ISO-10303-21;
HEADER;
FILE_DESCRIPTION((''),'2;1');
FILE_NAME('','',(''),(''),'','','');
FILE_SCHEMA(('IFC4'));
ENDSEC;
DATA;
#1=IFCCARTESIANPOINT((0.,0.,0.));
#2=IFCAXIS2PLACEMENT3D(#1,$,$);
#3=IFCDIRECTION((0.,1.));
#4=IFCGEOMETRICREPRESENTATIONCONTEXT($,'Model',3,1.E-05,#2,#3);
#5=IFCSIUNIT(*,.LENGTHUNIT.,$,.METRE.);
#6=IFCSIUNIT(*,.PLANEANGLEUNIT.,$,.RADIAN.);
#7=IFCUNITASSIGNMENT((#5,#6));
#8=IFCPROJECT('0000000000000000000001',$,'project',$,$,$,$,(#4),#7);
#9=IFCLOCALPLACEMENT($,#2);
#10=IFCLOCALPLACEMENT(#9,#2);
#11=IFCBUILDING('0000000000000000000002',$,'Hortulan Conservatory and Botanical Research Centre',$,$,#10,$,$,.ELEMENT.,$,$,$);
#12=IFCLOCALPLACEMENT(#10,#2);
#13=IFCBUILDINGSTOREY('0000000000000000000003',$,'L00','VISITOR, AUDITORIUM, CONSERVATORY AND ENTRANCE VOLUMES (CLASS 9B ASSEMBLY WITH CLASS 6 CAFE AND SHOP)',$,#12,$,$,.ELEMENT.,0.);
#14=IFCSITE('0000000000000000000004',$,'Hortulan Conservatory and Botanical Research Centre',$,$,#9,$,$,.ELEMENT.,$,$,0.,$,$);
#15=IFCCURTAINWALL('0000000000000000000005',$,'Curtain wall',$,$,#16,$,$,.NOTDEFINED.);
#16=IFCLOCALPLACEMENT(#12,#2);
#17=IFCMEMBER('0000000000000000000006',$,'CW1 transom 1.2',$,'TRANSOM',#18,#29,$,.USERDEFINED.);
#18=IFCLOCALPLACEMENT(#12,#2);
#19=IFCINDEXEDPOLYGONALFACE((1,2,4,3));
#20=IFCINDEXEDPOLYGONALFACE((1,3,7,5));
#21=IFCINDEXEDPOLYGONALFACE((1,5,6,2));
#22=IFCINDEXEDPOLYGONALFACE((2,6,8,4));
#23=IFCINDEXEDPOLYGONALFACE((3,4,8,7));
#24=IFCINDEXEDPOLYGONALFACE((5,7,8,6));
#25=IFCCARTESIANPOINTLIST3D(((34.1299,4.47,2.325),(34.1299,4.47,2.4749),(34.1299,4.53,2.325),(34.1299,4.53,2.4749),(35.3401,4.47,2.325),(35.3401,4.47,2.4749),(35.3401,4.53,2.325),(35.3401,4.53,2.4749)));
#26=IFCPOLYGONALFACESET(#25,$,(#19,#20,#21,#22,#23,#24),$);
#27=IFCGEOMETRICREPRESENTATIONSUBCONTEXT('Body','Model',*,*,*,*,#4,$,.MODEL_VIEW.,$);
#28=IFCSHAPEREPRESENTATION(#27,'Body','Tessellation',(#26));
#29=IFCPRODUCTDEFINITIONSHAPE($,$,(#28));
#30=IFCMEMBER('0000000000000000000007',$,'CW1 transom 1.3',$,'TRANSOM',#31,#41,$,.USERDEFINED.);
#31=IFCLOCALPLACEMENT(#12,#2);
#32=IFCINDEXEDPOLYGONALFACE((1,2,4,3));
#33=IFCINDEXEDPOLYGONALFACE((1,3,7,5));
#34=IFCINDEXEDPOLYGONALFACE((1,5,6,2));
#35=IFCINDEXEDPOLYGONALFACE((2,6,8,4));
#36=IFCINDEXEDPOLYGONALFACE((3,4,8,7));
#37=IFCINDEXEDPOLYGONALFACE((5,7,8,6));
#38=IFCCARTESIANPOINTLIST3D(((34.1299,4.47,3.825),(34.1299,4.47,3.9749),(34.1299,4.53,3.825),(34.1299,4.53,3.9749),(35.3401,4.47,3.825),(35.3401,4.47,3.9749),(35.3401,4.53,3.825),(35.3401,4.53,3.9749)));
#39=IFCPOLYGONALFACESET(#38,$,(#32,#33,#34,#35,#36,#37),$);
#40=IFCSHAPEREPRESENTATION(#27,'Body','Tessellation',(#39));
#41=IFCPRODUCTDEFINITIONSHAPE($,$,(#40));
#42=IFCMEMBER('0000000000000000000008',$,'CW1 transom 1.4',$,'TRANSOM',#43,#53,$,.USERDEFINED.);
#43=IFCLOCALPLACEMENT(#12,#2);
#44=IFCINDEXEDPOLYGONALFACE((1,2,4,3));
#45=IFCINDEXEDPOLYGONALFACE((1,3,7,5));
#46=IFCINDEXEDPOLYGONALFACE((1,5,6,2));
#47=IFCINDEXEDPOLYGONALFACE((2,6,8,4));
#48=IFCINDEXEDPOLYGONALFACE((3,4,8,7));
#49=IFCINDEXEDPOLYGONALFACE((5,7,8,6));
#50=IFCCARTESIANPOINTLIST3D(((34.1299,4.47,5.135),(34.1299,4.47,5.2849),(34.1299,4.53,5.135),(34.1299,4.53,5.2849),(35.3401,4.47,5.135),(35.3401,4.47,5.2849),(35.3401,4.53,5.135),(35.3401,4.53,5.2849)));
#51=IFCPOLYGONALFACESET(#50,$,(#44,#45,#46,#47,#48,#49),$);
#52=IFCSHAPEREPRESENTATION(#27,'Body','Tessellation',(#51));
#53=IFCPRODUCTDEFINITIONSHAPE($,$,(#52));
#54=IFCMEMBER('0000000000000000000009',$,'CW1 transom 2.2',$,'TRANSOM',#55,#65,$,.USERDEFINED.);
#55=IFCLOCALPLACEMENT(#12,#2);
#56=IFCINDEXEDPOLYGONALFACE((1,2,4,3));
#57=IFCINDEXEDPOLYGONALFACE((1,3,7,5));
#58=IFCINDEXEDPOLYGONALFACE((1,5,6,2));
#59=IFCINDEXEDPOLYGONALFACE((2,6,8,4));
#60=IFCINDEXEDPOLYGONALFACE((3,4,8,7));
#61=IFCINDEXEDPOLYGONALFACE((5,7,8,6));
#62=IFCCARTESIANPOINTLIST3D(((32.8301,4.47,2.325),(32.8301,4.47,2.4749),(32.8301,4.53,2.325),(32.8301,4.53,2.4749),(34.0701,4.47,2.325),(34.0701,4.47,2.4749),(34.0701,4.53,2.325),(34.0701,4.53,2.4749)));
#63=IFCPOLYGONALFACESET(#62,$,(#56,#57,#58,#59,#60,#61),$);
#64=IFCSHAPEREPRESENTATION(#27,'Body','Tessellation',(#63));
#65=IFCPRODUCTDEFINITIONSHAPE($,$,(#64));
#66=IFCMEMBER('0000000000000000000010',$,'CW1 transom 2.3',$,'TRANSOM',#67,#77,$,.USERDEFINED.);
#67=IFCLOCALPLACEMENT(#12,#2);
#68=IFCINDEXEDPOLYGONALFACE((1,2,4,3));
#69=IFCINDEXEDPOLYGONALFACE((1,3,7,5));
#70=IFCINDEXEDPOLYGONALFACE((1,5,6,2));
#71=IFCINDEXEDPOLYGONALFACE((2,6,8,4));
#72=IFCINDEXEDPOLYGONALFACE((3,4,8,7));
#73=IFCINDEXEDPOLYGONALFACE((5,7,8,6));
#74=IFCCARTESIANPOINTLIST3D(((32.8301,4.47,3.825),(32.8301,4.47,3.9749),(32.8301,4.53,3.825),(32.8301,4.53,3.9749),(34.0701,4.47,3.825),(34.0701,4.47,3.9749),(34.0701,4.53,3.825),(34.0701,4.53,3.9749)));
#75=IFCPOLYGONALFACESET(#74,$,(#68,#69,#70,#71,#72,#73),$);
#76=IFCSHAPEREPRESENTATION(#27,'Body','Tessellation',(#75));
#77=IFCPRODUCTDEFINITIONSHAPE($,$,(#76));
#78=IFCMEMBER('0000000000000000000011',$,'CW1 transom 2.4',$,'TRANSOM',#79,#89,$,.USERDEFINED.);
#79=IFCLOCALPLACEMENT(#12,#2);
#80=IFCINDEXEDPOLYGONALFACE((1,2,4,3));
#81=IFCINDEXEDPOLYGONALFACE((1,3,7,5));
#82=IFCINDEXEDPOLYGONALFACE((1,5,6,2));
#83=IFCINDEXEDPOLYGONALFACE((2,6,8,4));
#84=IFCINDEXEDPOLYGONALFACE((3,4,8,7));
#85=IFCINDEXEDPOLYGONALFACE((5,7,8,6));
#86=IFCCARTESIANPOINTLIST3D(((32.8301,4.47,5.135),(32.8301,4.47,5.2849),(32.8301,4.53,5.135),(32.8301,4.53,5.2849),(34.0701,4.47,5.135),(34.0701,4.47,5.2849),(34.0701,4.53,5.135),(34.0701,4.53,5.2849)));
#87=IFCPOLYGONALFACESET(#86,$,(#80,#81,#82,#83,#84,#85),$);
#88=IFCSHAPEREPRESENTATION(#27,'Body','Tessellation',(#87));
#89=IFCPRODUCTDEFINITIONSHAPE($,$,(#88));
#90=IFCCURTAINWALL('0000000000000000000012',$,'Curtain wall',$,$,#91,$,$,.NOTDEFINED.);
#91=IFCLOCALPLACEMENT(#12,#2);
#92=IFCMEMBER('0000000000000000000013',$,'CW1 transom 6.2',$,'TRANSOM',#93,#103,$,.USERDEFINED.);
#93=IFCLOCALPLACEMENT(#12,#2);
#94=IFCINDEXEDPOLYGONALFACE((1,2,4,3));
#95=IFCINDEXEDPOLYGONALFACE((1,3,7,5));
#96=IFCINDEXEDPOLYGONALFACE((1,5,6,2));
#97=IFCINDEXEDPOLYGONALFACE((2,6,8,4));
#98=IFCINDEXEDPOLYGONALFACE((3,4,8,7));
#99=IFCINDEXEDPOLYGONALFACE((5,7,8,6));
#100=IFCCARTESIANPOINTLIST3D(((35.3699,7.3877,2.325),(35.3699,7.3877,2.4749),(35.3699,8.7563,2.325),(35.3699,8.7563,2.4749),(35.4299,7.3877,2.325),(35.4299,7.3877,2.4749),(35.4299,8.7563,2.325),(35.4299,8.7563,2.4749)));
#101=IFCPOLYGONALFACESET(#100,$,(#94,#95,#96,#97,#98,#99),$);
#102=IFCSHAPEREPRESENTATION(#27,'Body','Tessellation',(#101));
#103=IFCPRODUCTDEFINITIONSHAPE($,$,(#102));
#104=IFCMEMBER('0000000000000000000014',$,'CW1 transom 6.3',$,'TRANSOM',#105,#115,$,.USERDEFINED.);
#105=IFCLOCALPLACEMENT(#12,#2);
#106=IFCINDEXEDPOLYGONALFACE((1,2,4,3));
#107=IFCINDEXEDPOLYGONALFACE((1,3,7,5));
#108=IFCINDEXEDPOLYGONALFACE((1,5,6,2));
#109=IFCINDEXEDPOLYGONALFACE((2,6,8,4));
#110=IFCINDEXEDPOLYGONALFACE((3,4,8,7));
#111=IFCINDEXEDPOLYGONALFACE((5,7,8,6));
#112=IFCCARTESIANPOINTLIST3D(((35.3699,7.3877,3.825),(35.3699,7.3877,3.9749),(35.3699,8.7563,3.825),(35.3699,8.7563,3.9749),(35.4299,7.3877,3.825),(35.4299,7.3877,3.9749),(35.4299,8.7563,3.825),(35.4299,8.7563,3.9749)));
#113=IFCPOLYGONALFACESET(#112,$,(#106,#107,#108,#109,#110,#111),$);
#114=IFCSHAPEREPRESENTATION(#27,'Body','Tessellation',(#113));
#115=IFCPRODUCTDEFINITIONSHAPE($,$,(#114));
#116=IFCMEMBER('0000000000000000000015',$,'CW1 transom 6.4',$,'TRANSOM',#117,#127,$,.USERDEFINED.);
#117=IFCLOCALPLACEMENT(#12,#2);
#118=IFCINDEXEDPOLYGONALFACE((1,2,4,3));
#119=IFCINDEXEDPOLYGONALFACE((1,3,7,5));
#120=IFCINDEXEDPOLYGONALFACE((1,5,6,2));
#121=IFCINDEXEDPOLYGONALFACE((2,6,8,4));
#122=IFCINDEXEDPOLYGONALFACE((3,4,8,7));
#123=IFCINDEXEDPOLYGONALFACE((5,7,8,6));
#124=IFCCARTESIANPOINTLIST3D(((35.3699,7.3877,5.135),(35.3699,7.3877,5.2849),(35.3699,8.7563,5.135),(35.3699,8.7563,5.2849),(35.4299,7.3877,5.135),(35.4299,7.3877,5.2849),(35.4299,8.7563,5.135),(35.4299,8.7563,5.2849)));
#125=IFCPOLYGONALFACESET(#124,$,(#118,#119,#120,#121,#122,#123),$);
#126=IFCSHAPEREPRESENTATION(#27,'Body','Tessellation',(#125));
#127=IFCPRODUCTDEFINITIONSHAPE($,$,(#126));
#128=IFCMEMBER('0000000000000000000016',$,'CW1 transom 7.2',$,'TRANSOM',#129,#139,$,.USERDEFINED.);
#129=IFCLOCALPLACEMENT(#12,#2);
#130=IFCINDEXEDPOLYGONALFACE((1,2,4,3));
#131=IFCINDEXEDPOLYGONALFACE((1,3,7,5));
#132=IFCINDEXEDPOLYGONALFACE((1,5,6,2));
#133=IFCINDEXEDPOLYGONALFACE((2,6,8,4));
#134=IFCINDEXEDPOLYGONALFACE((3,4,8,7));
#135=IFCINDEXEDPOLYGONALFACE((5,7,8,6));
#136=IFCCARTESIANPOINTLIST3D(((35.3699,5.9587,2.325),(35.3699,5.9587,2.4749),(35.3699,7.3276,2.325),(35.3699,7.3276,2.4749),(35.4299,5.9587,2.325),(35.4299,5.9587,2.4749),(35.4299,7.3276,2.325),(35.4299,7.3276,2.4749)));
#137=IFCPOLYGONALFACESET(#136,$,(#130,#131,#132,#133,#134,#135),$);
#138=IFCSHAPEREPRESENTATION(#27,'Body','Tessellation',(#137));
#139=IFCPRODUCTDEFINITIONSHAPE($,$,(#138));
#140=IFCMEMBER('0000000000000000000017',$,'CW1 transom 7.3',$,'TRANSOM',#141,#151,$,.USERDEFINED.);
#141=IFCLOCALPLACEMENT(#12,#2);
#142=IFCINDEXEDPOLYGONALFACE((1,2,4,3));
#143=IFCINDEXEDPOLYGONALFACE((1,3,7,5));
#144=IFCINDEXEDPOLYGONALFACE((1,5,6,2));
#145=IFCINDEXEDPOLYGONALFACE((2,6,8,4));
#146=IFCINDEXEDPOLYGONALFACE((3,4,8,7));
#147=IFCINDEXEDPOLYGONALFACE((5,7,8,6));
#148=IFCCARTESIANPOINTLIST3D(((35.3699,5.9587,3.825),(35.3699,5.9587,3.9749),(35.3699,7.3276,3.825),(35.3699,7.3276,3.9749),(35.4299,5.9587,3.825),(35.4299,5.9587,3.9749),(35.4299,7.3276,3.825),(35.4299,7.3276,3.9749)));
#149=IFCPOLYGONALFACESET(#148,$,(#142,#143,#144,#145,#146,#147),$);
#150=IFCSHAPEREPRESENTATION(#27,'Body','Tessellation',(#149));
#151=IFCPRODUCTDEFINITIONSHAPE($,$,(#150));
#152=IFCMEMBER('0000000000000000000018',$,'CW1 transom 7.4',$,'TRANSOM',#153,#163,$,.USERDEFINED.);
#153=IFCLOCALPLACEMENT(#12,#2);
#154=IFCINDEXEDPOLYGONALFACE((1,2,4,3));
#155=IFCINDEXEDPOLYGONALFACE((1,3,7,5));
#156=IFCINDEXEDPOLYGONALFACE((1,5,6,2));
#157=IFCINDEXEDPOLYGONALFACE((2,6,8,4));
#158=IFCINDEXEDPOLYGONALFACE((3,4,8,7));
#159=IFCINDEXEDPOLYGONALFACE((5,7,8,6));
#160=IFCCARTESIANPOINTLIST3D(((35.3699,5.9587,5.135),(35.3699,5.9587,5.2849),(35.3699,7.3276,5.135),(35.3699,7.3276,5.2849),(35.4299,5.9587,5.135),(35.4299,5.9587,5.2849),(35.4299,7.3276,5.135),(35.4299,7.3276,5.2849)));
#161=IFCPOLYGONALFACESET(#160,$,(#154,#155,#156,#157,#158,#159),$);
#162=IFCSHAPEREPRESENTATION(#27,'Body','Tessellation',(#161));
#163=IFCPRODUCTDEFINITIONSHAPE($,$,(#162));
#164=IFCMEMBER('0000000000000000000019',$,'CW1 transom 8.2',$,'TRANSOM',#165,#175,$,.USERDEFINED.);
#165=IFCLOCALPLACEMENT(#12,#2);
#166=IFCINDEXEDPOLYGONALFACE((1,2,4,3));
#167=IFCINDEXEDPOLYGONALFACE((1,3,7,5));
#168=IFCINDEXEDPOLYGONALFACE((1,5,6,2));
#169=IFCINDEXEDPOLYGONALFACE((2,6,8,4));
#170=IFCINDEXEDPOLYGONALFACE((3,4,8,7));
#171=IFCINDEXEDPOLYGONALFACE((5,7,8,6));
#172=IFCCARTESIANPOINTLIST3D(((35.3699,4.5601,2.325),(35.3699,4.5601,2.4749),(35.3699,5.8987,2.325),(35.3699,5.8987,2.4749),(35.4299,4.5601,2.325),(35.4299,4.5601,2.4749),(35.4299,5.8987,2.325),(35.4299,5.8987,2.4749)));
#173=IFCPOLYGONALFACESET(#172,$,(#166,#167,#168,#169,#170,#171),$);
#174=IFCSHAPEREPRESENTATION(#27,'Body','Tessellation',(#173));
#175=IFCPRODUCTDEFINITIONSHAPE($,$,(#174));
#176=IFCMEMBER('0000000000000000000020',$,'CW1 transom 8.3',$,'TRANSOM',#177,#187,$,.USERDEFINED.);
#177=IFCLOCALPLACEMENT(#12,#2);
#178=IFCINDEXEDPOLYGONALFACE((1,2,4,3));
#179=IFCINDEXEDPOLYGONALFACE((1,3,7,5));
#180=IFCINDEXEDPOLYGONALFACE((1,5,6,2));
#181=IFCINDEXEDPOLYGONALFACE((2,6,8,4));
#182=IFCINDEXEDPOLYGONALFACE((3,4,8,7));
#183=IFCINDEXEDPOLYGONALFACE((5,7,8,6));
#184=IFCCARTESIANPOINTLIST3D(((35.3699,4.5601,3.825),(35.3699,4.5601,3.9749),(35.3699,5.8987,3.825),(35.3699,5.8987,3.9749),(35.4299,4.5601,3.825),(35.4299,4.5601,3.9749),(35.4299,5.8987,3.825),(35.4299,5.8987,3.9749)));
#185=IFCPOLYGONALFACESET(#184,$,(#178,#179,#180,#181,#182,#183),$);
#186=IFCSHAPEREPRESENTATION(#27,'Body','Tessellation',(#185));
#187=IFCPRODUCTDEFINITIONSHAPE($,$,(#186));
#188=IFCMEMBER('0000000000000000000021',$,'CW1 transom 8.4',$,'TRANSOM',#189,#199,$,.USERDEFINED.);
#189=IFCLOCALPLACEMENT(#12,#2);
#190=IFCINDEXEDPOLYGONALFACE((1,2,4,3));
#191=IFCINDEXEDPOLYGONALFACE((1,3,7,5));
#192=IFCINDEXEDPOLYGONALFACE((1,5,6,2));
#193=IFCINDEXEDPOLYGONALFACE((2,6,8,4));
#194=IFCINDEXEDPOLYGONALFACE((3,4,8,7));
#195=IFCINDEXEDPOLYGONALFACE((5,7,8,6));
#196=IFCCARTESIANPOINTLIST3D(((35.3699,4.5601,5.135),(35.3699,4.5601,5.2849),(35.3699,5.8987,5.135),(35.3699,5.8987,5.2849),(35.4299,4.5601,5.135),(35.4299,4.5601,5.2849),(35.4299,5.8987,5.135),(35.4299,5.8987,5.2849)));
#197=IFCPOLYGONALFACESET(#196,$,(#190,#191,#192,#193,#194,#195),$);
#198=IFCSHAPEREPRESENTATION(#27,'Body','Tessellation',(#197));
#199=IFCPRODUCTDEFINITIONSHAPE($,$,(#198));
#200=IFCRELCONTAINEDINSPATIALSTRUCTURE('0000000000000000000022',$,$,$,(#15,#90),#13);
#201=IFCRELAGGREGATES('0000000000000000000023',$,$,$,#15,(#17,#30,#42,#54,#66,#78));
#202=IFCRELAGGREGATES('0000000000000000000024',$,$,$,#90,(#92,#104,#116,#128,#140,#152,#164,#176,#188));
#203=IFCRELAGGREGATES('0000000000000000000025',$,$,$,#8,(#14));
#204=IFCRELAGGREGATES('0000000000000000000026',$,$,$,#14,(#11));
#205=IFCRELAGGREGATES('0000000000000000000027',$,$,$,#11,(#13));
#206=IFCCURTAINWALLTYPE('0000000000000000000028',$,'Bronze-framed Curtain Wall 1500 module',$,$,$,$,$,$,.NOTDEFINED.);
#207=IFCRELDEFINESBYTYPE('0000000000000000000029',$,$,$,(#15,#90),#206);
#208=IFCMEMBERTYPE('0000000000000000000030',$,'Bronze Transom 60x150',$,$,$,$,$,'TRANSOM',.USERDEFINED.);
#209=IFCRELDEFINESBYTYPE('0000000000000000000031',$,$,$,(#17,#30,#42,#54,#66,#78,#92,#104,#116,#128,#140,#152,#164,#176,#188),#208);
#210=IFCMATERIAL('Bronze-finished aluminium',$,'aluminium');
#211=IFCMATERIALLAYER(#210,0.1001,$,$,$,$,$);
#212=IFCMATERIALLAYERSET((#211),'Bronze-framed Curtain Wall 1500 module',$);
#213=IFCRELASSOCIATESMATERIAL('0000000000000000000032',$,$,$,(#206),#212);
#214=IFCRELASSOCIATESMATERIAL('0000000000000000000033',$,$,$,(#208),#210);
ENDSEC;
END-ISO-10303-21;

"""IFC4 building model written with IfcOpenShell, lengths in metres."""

from ifc_helpers import new_model, si_unit, direction, frame, origin, origin_2d, place, context, subcontext, project, spatial, rectangle, extrude, material, layer, layer_set, material_profile, profile_set, type_object, element, aggregate, save


model = new_model("IFC4")

# Units and contexts
model_context = context("Model", 3, precision=1e-05, world=origin(), true_north=direction((0.0, 1.0)))
body_context = subcontext(model_context, "Body", "Model", "MODEL_VIEW")
ifc_project = project(units=[si_unit("LENGTHUNIT", "METRE"), si_unit("PLANEANGLEUNIT", "RADIAN")], contexts=[model_context])

# Site, building, storey
site_placement = place(None, origin())
site = spatial("IfcSite", under=ifc_project, at=site_placement, Name="Hortulan Conservatory and Botanical Research Centre", CompositionType="ELEMENT", RefElevation=0.0)
building_placement = place(site_placement, origin())
building = spatial("IfcBuilding", under=site, at=building_placement, Name="Hortulan Conservatory and Botanical Research Centre", CompositionType="ELEMENT")
storey_placement = place(building_placement, origin())
storey = spatial("IfcBuildingStorey", under=building, at=storey_placement, Name="L00", Description="VISITOR, AUDITORIUM, CONSERVATORY AND ENTRANCE VOLUMES (CLASS 9B ASSEMBLY WITH CLASS 6 CAFE AND SHOP)", CompositionType="ELEMENT", Elevation=0.0)

# Curtain walls, members
ifc_material_1 = material(Name="Bronze-finished aluminium", Category="aluminium")
ifc_layer_1 = layer(ifc_material_1, 0.1001)
ifc_layer_set_1 = layer_set([ifc_layer_1], Name="Bronze-framed Curtain Wall 1500 module")
curtain_wall_type = type_object("IfcCurtainWallType", Name="Bronze-framed Curtain Wall 1500 module", PredefinedType="NOTDEFINED", material=ifc_layer_set_1)
curtain_wall_1_placement = place(storey_placement, origin())
curtain_wall_1 = element("IfcCurtainWall", 1, at=curtain_wall_1_placement, inside=storey, type_object=curtain_wall_type, Name="Curtain wall", PredefinedType="NOTDEFINED")
ifc_material_profile = material_profile(ifc_material_1, rectangle(XDim=0.0601, YDim=0.1499, at=origin_2d()), Name="Bronze Transom 60x150")
ifc_profile_set = profile_set([ifc_material_profile], Name="Bronze-finished aluminium")
member_type = type_object("IfcMemberType", Name="Bronze Transom 60x150", ElementType="TRANSOM", PredefinedType="USERDEFINED", material=ifc_profile_set)
member_1_placement = place(storey_placement, frame((35.3401, 4.5, 2.3999), z_axis=(-1.0, 0.0, 0.0), x_axis=(0.0, -1.0, 0.0)))
member_1 = element("IfcMember", 2, at=member_1_placement, type_object=member_type, Name="CW1 transom 1.2", ObjectType="TRANSOM", PredefinedType="USERDEFINED", context=body_context, shape_type="SweptSolid", body=[
    extrude(rectangle(XDim=0.0601, YDim=0.1499, at=origin_2d()), origin(), (0.0, 0.0, 1.0), 1.2102),
])
member_2_placement = place(storey_placement, frame((35.3401, 4.5, 3.8999), z_axis=(-1.0, 0.0, 0.0), x_axis=(0.0, -1.0, 0.0)))
member_2 = element("IfcMember", 3, at=member_2_placement, type_object=member_type, Name="CW1 transom 1.3", ObjectType="TRANSOM", PredefinedType="USERDEFINED", context=body_context, shape_type="SweptSolid", body=[
    extrude(rectangle(XDim=0.0601, YDim=0.1499, at=origin_2d()), origin(), (0.0, 0.0, 1.0), 1.2102),
])
member_3_placement = place(storey_placement, frame((35.3401, 4.5, 5.21), z_axis=(-1.0, 0.0, 0.0), x_axis=(0.0, -1.0, 0.0)))
member_3 = element("IfcMember", 4, at=member_3_placement, type_object=member_type, Name="CW1 transom 1.4", ObjectType="TRANSOM", PredefinedType="USERDEFINED", context=body_context, shape_type="SweptSolid", body=[
    extrude(rectangle(XDim=0.0601, YDim=0.1499, at=origin_2d()), origin(), (0.0, 0.0, 1.0), 1.2102),
])
member_4_placement = place(storey_placement, frame((34.0701, 4.5, 2.3999), z_axis=(-1.0, 0.0, 0.0), x_axis=(0.0, -1.0, 0.0)))
member_4 = element("IfcMember", 5, at=member_4_placement, type_object=member_type, Name="CW1 transom 2.2", ObjectType="TRANSOM", PredefinedType="USERDEFINED", context=body_context, shape_type="SweptSolid", body=[
    extrude(rectangle(XDim=0.0601, YDim=0.1499, at=origin_2d()), origin(), (0.0, 0.0, 1.0), 1.24),
])
member_5_placement = place(storey_placement, frame((34.0701, 4.5, 3.8999), z_axis=(-1.0, 0.0, 0.0), x_axis=(0.0, -1.0, 0.0)))
member_5 = element("IfcMember", 6, at=member_5_placement, type_object=member_type, Name="CW1 transom 2.3", ObjectType="TRANSOM", PredefinedType="USERDEFINED", context=body_context, shape_type="SweptSolid", body=[
    extrude(rectangle(XDim=0.0601, YDim=0.1499, at=origin_2d()), origin(), (0.0, 0.0, 1.0), 1.24),
])
member_6_placement = place(storey_placement, frame((34.0701, 4.5, 5.21), z_axis=(-1.0, 0.0, 0.0), x_axis=(0.0, -1.0, 0.0)))
member_6 = element("IfcMember", 7, at=member_6_placement, type_object=member_type, Name="CW1 transom 2.4", ObjectType="TRANSOM", PredefinedType="USERDEFINED", context=body_context, shape_type="SweptSolid", body=[
    extrude(rectangle(XDim=0.0601, YDim=0.1499, at=origin_2d()), origin(), (0.0, 0.0, 1.0), 1.24),
])
curtain_wall_2_placement = place(storey_placement, origin())
curtain_wall_2 = element("IfcCurtainWall", 8, at=curtain_wall_2_placement, inside=storey, type_object=curtain_wall_type, Name="Curtain wall", PredefinedType="NOTDEFINED")
member_7_placement = place(storey_placement, frame((35.3999, 8.7563, 2.3999), z_axis=(0.0, -1.0, 0.0), x_axis=(1.0, 0.0, 0.0)))
member_7 = element("IfcMember", 9, at=member_7_placement, type_object=member_type, Name="CW1 transom 6.2", ObjectType="TRANSOM", PredefinedType="USERDEFINED", context=body_context, shape_type="SweptSolid", body=[
    extrude(rectangle(XDim=0.0601, YDim=0.1499, at=origin_2d()), origin(), (0.0, 0.0, 1.0), 1.3687),
])
member_8_placement = place(storey_placement, frame((35.3999, 8.7563, 3.8999), z_axis=(0.0, -1.0, 0.0), x_axis=(1.0, 0.0, 0.0)))
member_8 = element("IfcMember", 10, at=member_8_placement, type_object=member_type, Name="CW1 transom 6.3", ObjectType="TRANSOM", PredefinedType="USERDEFINED", context=body_context, shape_type="SweptSolid", body=[
    extrude(rectangle(XDim=0.0601, YDim=0.1499, at=origin_2d()), origin(), (0.0, 0.0, 1.0), 1.3687),
])
member_9_placement = place(storey_placement, frame((35.3999, 8.7563, 5.21), z_axis=(0.0, -1.0, 0.0), x_axis=(1.0, 0.0, 0.0)))
member_9 = element("IfcMember", 11, at=member_9_placement, type_object=member_type, Name="CW1 transom 6.4", ObjectType="TRANSOM", PredefinedType="USERDEFINED", context=body_context, shape_type="SweptSolid", body=[
    extrude(rectangle(XDim=0.0601, YDim=0.1499, at=origin_2d()), origin(), (0.0, 0.0, 1.0), 1.3687),
])
member_10_placement = place(storey_placement, frame((35.3999, 7.3276, 2.3999), z_axis=(0.0, -1.0, 0.0), x_axis=(1.0, 0.0, 0.0)))
member_10 = element("IfcMember", 12, at=member_10_placement, type_object=member_type, Name="CW1 transom 7.2", ObjectType="TRANSOM", PredefinedType="USERDEFINED", context=body_context, shape_type="SweptSolid", body=[
    extrude(rectangle(XDim=0.0601, YDim=0.1499, at=origin_2d()), origin(), (0.0, 0.0, 1.0), 1.3689),
])
member_11_placement = place(storey_placement, frame((35.3999, 7.3276, 3.8999), z_axis=(0.0, -1.0, 0.0), x_axis=(1.0, 0.0, 0.0)))
member_11 = element("IfcMember", 13, at=member_11_placement, type_object=member_type, Name="CW1 transom 7.3", ObjectType="TRANSOM", PredefinedType="USERDEFINED", context=body_context, shape_type="SweptSolid", body=[
    extrude(rectangle(XDim=0.0601, YDim=0.1499, at=origin_2d()), origin(), (0.0, 0.0, 1.0), 1.3689),
])
member_12_placement = place(storey_placement, frame((35.3999, 7.3276, 5.21), z_axis=(0.0, -1.0, 0.0), x_axis=(1.0, 0.0, 0.0)))
member_12 = element("IfcMember", 14, at=member_12_placement, type_object=member_type, Name="CW1 transom 7.4", ObjectType="TRANSOM", PredefinedType="USERDEFINED", context=body_context, shape_type="SweptSolid", body=[
    extrude(rectangle(XDim=0.0601, YDim=0.1499, at=origin_2d()), origin(), (0.0, 0.0, 1.0), 1.3689),
])
member_13_placement = place(storey_placement, frame((35.3999, 5.8987, 2.3999), z_axis=(0.0, -1.0, 0.0), x_axis=(1.0, 0.0, 0.0)))
member_13 = element("IfcMember", 15, at=member_13_placement, type_object=member_type, Name="CW1 transom 8.2", ObjectType="TRANSOM", PredefinedType="USERDEFINED", context=body_context, shape_type="SweptSolid", body=[
    extrude(rectangle(XDim=0.0601, YDim=0.1499, at=origin_2d()), origin(), (0.0, 0.0, 1.0), 1.3386),
])
member_14_placement = place(storey_placement, frame((35.3999, 5.8987, 3.8999), z_axis=(0.0, -1.0, 0.0), x_axis=(1.0, 0.0, 0.0)))
member_14 = element("IfcMember", 16, at=member_14_placement, type_object=member_type, Name="CW1 transom 8.3", ObjectType="TRANSOM", PredefinedType="USERDEFINED", context=body_context, shape_type="SweptSolid", body=[
    extrude(rectangle(XDim=0.0601, YDim=0.1499, at=origin_2d()), origin(), (0.0, 0.0, 1.0), 1.3386),
])
member_15_placement = place(storey_placement, frame((35.3999, 5.8987, 5.21), z_axis=(0.0, -1.0, 0.0), x_axis=(1.0, 0.0, 0.0)))
member_15 = element("IfcMember", 17, at=member_15_placement, type_object=member_type, Name="CW1 transom 8.4", ObjectType="TRANSOM", PredefinedType="USERDEFINED", context=body_context, shape_type="SweptSolid", body=[
    extrude(rectangle(XDim=0.0601, YDim=0.1499, at=origin_2d()), origin(), (0.0, 0.0, 1.0), 1.3386),
])

aggregate(curtain_wall_1, [member_1, member_2, member_3, member_4, member_5, member_6])
aggregate(curtain_wall_2, [member_7, member_8, member_9, member_10, member_11, member_12, member_13, member_14, member_15])

save(model, "model.ifc")
